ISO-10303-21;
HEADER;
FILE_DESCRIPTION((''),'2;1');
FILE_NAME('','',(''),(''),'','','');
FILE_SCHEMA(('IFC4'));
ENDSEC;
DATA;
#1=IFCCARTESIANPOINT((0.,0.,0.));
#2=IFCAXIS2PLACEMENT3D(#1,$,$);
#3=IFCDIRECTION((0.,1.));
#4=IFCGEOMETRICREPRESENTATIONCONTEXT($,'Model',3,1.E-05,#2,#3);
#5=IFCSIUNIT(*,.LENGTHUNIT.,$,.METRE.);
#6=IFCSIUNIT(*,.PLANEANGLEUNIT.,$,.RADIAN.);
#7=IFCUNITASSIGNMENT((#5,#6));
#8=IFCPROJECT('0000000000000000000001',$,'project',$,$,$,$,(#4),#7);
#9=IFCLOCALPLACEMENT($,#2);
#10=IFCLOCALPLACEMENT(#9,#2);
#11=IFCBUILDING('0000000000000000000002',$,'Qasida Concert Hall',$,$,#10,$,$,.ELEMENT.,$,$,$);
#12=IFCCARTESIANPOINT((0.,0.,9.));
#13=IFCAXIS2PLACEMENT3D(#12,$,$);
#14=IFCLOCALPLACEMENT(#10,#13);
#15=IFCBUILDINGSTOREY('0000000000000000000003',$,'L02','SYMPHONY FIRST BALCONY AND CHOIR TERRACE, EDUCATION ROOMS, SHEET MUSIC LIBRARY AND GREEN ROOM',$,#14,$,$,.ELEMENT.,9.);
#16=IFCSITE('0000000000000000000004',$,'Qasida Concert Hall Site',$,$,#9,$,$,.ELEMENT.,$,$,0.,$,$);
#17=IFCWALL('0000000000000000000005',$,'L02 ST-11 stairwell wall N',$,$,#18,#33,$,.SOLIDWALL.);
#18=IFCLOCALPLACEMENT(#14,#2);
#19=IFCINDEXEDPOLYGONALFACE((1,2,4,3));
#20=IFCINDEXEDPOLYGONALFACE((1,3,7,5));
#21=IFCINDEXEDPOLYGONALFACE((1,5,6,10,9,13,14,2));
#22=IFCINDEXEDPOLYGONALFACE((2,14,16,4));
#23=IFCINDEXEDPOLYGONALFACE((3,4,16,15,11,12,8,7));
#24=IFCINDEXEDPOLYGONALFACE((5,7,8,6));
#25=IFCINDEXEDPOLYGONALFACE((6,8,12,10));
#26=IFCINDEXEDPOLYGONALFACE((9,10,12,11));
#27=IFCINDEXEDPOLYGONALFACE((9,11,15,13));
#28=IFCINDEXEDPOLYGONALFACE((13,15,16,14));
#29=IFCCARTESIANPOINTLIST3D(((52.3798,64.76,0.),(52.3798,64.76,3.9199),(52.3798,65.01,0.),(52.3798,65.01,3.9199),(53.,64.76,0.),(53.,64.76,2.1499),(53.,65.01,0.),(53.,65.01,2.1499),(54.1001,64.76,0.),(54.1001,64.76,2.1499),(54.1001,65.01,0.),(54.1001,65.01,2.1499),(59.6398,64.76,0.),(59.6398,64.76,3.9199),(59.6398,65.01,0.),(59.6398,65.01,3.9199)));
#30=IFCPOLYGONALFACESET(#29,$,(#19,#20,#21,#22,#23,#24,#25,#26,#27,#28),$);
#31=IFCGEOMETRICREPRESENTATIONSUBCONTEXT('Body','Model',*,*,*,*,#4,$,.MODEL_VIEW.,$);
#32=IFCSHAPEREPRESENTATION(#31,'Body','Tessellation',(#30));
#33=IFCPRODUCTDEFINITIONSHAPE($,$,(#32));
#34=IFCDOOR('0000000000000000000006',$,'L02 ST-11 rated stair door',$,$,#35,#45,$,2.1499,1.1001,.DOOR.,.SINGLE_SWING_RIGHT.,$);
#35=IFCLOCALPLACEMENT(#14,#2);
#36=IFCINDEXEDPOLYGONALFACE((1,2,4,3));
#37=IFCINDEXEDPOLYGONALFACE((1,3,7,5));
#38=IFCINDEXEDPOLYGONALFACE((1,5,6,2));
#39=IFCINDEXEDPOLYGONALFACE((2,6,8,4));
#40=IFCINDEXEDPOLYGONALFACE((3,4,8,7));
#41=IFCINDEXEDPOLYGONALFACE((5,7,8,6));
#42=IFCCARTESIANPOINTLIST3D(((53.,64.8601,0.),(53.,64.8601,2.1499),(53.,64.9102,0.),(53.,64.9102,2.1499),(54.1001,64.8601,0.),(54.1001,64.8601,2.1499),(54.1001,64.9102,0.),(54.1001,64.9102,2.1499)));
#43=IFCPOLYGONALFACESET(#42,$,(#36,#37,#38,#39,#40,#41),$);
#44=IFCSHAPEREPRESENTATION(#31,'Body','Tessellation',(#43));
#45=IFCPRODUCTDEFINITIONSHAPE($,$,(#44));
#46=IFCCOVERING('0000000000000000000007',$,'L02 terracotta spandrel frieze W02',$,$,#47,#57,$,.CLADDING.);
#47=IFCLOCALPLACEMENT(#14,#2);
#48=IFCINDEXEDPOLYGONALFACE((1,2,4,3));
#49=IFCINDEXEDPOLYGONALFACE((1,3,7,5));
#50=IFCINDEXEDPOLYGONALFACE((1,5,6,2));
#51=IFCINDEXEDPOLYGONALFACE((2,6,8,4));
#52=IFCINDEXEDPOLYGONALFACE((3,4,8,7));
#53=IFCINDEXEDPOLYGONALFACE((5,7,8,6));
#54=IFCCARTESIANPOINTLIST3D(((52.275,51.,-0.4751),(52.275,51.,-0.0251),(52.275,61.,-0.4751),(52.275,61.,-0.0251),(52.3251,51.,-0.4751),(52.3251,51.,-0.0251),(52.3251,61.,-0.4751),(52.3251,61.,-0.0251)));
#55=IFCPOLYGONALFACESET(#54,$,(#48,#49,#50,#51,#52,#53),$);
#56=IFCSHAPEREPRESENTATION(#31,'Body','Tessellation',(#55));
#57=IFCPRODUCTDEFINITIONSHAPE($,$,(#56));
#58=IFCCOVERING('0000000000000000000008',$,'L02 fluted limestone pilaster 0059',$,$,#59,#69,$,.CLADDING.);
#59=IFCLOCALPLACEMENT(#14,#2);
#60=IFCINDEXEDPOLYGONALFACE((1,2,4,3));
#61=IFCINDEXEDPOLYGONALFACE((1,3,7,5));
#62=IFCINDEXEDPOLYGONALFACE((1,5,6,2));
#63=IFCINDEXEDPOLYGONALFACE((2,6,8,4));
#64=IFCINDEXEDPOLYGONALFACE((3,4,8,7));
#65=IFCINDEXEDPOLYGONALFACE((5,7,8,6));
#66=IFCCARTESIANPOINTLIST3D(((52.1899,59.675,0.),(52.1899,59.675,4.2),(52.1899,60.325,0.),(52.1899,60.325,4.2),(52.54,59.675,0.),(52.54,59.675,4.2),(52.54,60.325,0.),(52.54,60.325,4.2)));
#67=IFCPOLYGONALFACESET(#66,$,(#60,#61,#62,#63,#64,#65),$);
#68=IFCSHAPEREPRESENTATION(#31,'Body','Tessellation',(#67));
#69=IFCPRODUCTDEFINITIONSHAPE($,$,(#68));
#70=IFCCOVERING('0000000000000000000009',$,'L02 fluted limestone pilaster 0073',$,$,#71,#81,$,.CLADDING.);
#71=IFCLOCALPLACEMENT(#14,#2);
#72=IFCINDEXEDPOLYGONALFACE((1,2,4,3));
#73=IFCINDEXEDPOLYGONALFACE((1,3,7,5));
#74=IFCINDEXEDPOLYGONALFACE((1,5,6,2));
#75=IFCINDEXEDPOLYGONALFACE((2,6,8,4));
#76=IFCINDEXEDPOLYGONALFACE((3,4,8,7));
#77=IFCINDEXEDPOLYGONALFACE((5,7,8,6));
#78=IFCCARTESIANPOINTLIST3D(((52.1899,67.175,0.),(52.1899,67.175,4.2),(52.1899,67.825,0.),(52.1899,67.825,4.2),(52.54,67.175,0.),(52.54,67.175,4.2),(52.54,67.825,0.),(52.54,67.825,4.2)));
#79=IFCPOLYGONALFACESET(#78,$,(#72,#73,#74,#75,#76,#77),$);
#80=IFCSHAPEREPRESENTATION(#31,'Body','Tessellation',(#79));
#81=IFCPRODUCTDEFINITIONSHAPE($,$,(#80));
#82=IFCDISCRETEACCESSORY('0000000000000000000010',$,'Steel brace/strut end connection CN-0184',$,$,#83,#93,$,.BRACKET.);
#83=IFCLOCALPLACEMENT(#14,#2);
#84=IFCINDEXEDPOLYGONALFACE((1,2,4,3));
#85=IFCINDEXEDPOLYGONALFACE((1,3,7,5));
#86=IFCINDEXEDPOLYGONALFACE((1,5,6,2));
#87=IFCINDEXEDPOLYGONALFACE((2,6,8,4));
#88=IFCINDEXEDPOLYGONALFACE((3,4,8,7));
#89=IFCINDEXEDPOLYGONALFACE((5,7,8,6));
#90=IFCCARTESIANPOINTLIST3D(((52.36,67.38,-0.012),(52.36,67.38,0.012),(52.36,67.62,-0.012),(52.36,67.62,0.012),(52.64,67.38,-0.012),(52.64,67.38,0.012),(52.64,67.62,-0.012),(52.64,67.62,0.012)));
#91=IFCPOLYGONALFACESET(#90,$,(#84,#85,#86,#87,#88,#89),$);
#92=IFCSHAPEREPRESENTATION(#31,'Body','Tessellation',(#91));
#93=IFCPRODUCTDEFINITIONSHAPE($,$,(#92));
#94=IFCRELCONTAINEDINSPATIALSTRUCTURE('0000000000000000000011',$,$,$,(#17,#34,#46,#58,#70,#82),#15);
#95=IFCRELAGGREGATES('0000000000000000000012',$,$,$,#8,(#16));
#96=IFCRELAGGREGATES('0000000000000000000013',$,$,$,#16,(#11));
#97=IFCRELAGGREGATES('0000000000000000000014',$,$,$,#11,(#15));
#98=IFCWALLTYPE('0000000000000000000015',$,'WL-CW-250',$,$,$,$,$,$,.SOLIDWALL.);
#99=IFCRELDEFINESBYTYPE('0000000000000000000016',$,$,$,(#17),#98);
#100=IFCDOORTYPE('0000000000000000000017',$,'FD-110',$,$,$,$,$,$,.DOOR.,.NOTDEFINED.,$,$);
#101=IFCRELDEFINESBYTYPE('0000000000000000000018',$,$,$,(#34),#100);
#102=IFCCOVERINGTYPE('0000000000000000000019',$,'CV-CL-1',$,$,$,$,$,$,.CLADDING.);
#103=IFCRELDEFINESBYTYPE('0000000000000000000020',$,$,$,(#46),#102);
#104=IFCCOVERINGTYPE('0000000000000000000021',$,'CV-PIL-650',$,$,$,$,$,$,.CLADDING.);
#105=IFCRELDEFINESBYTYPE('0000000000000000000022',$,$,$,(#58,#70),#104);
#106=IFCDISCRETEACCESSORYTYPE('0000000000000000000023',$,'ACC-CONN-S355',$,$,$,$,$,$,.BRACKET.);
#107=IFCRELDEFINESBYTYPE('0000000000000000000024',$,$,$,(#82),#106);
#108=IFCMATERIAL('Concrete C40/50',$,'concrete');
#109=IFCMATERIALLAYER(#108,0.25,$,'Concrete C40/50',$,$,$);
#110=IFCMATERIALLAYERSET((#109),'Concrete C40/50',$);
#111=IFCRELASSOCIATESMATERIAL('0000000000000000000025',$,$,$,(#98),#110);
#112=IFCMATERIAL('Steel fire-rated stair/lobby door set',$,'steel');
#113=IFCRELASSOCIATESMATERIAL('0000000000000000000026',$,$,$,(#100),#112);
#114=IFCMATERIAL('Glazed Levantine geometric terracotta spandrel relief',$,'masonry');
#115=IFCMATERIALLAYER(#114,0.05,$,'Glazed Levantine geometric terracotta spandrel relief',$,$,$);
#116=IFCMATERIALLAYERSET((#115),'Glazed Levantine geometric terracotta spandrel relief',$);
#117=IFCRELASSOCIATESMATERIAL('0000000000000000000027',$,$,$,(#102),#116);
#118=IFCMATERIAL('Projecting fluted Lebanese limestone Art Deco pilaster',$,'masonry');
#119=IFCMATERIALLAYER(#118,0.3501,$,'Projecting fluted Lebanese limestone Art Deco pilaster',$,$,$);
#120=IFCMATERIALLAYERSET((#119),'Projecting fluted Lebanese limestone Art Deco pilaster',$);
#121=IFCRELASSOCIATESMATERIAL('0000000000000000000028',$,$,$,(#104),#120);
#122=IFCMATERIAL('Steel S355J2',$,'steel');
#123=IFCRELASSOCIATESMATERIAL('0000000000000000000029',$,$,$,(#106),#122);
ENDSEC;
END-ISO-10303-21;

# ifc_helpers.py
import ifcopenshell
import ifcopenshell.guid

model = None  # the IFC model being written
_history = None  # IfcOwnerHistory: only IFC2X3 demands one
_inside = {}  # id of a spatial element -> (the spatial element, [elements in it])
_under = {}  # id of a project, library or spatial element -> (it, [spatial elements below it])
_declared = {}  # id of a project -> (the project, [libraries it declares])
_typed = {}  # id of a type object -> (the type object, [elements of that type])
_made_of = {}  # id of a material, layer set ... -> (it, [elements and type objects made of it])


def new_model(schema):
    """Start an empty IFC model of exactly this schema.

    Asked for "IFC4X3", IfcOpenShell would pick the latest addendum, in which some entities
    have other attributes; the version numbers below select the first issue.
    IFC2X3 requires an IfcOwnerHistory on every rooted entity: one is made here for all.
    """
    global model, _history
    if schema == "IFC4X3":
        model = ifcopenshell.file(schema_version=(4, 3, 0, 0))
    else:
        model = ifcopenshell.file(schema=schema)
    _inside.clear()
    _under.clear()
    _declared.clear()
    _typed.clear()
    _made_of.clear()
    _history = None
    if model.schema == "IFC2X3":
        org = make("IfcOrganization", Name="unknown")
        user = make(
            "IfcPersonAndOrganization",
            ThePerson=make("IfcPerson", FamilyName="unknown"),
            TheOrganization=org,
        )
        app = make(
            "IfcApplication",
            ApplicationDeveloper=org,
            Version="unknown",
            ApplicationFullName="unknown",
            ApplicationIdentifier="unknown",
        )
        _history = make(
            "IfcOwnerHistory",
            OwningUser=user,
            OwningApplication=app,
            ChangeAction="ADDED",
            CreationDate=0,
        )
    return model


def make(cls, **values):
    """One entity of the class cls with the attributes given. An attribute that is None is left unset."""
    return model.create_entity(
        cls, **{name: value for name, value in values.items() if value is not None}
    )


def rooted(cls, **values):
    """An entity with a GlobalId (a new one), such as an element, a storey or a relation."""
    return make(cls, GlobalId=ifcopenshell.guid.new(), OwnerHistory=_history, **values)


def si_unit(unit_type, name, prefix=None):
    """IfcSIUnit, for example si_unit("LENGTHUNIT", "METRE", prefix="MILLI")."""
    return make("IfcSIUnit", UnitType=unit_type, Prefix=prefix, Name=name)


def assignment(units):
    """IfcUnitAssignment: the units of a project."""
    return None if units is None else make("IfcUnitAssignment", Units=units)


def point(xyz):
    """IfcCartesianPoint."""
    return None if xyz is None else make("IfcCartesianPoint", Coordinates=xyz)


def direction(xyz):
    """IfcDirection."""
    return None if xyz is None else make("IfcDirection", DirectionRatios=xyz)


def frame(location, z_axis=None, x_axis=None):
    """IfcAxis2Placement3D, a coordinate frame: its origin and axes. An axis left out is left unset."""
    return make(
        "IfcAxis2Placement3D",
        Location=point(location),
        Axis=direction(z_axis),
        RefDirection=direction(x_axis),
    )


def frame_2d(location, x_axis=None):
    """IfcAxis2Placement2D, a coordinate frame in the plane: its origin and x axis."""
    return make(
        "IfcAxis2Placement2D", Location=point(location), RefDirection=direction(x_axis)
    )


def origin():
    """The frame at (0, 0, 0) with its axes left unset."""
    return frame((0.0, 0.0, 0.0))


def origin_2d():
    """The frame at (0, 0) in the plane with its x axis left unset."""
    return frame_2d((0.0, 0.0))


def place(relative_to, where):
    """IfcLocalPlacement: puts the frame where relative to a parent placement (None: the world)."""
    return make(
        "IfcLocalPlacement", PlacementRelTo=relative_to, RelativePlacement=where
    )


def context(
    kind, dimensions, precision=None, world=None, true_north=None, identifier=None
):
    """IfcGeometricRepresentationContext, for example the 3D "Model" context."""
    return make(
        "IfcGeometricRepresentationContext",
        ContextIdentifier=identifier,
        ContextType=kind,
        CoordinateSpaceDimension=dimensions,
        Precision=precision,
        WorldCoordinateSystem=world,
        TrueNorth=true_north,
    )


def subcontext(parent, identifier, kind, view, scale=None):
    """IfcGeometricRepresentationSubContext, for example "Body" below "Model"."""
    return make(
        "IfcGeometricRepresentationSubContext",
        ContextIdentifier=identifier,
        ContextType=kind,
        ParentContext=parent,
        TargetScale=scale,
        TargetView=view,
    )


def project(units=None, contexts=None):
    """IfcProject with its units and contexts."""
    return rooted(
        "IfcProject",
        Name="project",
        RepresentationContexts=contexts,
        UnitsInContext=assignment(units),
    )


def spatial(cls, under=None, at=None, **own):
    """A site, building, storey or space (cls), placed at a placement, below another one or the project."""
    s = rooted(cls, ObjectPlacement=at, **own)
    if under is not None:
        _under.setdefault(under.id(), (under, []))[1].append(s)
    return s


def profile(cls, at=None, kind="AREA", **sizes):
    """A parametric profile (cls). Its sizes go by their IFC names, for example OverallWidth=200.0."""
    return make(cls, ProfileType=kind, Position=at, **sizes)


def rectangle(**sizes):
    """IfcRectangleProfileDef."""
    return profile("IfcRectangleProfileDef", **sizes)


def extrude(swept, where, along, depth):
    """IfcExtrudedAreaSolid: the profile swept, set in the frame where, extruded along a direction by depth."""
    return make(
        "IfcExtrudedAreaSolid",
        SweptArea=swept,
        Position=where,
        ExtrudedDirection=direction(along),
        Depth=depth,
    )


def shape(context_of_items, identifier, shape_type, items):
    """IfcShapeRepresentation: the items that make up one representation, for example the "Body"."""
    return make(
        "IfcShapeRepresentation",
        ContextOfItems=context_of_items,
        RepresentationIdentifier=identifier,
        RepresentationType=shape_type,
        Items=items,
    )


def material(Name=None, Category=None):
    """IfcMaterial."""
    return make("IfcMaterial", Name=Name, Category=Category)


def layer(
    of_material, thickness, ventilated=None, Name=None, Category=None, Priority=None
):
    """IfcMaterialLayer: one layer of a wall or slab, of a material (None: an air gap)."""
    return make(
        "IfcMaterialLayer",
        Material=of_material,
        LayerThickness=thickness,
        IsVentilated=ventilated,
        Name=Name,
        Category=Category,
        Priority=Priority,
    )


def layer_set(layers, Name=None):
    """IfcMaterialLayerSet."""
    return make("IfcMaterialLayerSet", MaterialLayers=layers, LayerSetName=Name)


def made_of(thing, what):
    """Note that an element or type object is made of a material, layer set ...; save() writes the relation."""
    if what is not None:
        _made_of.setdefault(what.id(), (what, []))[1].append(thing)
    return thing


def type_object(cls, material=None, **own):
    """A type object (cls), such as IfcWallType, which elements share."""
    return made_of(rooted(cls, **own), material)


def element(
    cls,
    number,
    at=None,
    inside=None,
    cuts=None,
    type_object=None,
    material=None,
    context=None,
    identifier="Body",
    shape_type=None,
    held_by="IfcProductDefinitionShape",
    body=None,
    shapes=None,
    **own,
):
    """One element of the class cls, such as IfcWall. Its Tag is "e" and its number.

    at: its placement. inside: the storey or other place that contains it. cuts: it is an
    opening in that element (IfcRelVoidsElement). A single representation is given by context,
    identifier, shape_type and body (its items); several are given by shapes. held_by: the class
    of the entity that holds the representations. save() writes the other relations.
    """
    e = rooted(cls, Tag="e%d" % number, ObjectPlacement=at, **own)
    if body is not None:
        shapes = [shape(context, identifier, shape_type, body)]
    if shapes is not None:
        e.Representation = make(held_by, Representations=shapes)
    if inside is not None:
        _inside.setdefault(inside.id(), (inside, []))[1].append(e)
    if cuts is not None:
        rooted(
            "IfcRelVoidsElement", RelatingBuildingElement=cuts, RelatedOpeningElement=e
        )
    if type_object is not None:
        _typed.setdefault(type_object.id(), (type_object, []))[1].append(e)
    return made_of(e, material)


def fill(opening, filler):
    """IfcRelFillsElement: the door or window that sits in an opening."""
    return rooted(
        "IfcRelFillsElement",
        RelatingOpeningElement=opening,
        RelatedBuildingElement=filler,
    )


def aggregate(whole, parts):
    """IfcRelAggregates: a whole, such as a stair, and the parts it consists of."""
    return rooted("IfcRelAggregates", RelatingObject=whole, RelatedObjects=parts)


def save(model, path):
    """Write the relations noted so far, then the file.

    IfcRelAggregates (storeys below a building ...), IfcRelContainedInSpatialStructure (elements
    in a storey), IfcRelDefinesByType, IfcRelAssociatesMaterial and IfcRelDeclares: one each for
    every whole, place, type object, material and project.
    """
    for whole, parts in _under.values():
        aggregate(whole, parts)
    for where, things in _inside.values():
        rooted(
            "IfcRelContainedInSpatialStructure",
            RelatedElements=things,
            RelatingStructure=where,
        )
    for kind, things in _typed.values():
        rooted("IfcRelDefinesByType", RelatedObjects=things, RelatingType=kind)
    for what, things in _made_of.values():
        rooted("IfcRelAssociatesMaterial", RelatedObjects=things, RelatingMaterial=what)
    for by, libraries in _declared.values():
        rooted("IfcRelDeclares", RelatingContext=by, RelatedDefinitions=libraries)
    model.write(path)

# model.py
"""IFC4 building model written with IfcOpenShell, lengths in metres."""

from ifc_helpers import new_model, si_unit, direction, frame, frame_2d, origin, origin_2d, place, context, subcontext, project, spatial, rectangle, extrude, material, layer, layer_set, type_object, element, fill, save


model = new_model("IFC4")

# Units and contexts
model_context = context("Model", 3, precision=1e-05, world=origin(), true_north=direction((0.0, 1.0)))
body_context = subcontext(model_context, "Body", "Model", "MODEL_VIEW")
ifc_project = project(units=[si_unit("LENGTHUNIT", "METRE"), si_unit("PLANEANGLEUNIT", "RADIAN")], contexts=[model_context])

# Site, building, storey
site_placement = place(None, origin())
site = spatial("IfcSite", under=ifc_project, at=site_placement, Name="Qasida Concert Hall Site", CompositionType="ELEMENT", RefElevation=0.0)
building_placement = place(site_placement, origin())
building = spatial("IfcBuilding", under=site, at=building_placement, Name="Qasida Concert Hall", CompositionType="ELEMENT")
storey_placement = place(building_placement, frame((0.0, 0.0, 9.0)))
storey = spatial("IfcBuildingStorey", under=building, at=storey_placement, Name="L02", Description="SYMPHONY FIRST BALCONY AND CHOIR TERRACE, EDUCATION ROOMS, SHEET MUSIC LIBRARY AND GREEN ROOM", CompositionType="ELEMENT", Elevation=9.0)

# Shared definitions
ifc_material_1 = material(Name="Steel S355J2", Category="steel")
ifc_material_2 = material(Name="Concrete C40/50", Category="concrete")

# Wall, opening, door
ifc_layer_1 = layer(ifc_material_2, 0.25, Name="Concrete C40/50")
ifc_layer_set_1 = layer_set([ifc_layer_1], Name="Concrete C40/50")
wall_type = type_object("IfcWallType", Name="WL-CW-250", PredefinedType="SOLIDWALL", material=ifc_layer_set_1)
ifc_material_3 = material(Name="Steel fire-rated stair/lobby door set", Category="steel")
door_type = type_object("IfcDoorType", Name="FD-110", OperationType="NOTDEFINED", PredefinedType="DOOR", material=ifc_material_3)
wall_1_placement = place(storey_placement, frame((52.3799, 64.885, 0.0), z_axis=(0.0, 0.0, 1.0), x_axis=(1.0, 0.0, 0.0)))
wall_1 = element("IfcWall", 1, at=wall_1_placement, inside=storey, type_object=wall_type, Name="L02 ST-11 stairwell wall N", PredefinedType="SOLIDWALL", context=body_context, shape_type="SweptSolid", body=[
    extrude(rectangle(XDim=7.26, YDim=0.25, at=frame_2d((3.6299, 0.0))), origin(), (0.0, 0.0, 1.0), 3.9199),
])
opening_1_placement = place(wall_1_placement, frame((0.6201, 0.0, 0.0)))
opening_1 = element("IfcOpeningElement", 2, at=opening_1_placement, cuts=wall_1, PredefinedType="OPENING", context=body_context, shape_type="SweptSolid", body=[
    extrude(rectangle(XDim=1.1001, YDim=2.1499, at=frame_2d((0.55, 1.075))), frame((0.0, 0.135, 0.0), z_axis=(0.0, -1.0, 0.0), x_axis=(1.0, 0.0, 0.0)), (0.0, 0.0, 1.0), 0.27),
])
door_1_placement = place(opening_1_placement, frame((1.1001, 0.0, 0.0), z_axis=(0.0, 0.0, 1.0), x_axis=(-1.0, 0.0, 0.0)))
door_1 = element("IfcDoor", 3, at=door_1_placement, inside=storey, type_object=door_type, Name="L02 ST-11 rated stair door", OperationType="SINGLE_SWING_RIGHT", OverallHeight=2.1499, OverallWidth=1.1001, PredefinedType="DOOR", context=body_context, shape_type="SweptSolid", body=[
    extrude(rectangle(XDim=1.1001, YDim=2.1499, at=frame_2d((0.55, 1.075))), frame((0.0, 0.0249, 0.0), z_axis=(0.0, -1.0, 0.0), x_axis=(1.0, 0.0, 0.0)), (0.0, 0.0, 1.0), 0.05),
])
fill(opening_1, door_1)

# Coverings
ifc_material_4 = material(Name="Glazed Levantine geometric terracotta spandrel relief", Category="masonry")
ifc_layer_2 = layer(ifc_material_4, 0.05, Name="Glazed Levantine geometric terracotta spandrel relief")
ifc_layer_set_2 = layer_set([ifc_layer_2], Name="Glazed Levantine geometric terracotta spandrel relief")
covering_type_1 = type_object("IfcCoveringType", Name="CV-CL-1", PredefinedType="CLADDING", material=ifc_layer_set_2)
covering_placement = place(storey_placement, frame((52.3, 56.0, -0.4751), z_axis=(0.0, 0.0, 1.0), x_axis=(1.0, 0.0, 0.0)))
element("IfcCovering", 4, at=covering_placement, inside=storey, type_object=covering_type_1, Name="L02 terracotta spandrel frieze W02", PredefinedType="CLADDING", context=body_context, shape_type="SweptSolid", body=[
    extrude(rectangle(XDim=0.05, YDim=10.0, at=origin_2d()), origin(), (0.0, 0.0, 1.0), 0.45),
])
ifc_material_5 = material(Name="Projecting fluted Lebanese limestone Art Deco pilaster", Category="masonry")
ifc_layer_3 = layer(ifc_material_5, 0.3501, Name="Projecting fluted Lebanese limestone Art Deco pilaster")
ifc_layer_set_3 = layer_set([ifc_layer_3], Name="Projecting fluted Lebanese limestone Art Deco pilaster")
covering_type_2 = type_object("IfcCoveringType", Name="CV-PIL-650", PredefinedType="CLADDING", material=ifc_layer_set_3)
for number, where, z_axis, x_axis, name in (
    (5, (52.365, 60.0, 0.0), (0.0, 0.0, 1.0), (1.0, 0.0, 0.0), "L02 fluted limestone pilaster 0059"),
    (6, (52.365, 67.5, 0.0), (0.0, 0.0, 1.0), (1.0, 0.0, 0.0), "L02 fluted limestone pilaster 0073"),
):
    element("IfcCovering", number, at=place(storey_placement, frame(where, z_axis=z_axis, x_axis=x_axis)), inside=storey, type_object=covering_type_2, Name=name, PredefinedType="CLADDING", context=body_context, shape_type="SweptSolid", body=[
        extrude(rectangle(XDim=0.3501, YDim=0.6499, at=origin_2d()), origin(), (0.0, 0.0, 1.0), 4.2),
    ])

# Discrete accessory
discrete_accessory_type = type_object("IfcDiscreteAccessoryType", Name="ACC-CONN-S355", PredefinedType="BRACKET", material=ifc_material_1)
discrete_accessory_placement = place(storey_placement, frame((52.5, 67.5, -0.012), z_axis=(0.0, 0.0, 1.0), x_axis=(1.0, 0.0, 0.0)))
element("IfcDiscreteAccessory", 7, at=discrete_accessory_placement, inside=storey, type_object=discrete_accessory_type, Name="Steel brace/strut end connection CN-0184", PredefinedType="BRACKET", context=body_context, shape_type="SweptSolid", body=[
    extrude(rectangle(XDim=0.28, YDim=0.24, at=origin_2d()), origin(), (0.0, 0.0, 1.0), 0.0239),
])

save(model, "model.ifc")
